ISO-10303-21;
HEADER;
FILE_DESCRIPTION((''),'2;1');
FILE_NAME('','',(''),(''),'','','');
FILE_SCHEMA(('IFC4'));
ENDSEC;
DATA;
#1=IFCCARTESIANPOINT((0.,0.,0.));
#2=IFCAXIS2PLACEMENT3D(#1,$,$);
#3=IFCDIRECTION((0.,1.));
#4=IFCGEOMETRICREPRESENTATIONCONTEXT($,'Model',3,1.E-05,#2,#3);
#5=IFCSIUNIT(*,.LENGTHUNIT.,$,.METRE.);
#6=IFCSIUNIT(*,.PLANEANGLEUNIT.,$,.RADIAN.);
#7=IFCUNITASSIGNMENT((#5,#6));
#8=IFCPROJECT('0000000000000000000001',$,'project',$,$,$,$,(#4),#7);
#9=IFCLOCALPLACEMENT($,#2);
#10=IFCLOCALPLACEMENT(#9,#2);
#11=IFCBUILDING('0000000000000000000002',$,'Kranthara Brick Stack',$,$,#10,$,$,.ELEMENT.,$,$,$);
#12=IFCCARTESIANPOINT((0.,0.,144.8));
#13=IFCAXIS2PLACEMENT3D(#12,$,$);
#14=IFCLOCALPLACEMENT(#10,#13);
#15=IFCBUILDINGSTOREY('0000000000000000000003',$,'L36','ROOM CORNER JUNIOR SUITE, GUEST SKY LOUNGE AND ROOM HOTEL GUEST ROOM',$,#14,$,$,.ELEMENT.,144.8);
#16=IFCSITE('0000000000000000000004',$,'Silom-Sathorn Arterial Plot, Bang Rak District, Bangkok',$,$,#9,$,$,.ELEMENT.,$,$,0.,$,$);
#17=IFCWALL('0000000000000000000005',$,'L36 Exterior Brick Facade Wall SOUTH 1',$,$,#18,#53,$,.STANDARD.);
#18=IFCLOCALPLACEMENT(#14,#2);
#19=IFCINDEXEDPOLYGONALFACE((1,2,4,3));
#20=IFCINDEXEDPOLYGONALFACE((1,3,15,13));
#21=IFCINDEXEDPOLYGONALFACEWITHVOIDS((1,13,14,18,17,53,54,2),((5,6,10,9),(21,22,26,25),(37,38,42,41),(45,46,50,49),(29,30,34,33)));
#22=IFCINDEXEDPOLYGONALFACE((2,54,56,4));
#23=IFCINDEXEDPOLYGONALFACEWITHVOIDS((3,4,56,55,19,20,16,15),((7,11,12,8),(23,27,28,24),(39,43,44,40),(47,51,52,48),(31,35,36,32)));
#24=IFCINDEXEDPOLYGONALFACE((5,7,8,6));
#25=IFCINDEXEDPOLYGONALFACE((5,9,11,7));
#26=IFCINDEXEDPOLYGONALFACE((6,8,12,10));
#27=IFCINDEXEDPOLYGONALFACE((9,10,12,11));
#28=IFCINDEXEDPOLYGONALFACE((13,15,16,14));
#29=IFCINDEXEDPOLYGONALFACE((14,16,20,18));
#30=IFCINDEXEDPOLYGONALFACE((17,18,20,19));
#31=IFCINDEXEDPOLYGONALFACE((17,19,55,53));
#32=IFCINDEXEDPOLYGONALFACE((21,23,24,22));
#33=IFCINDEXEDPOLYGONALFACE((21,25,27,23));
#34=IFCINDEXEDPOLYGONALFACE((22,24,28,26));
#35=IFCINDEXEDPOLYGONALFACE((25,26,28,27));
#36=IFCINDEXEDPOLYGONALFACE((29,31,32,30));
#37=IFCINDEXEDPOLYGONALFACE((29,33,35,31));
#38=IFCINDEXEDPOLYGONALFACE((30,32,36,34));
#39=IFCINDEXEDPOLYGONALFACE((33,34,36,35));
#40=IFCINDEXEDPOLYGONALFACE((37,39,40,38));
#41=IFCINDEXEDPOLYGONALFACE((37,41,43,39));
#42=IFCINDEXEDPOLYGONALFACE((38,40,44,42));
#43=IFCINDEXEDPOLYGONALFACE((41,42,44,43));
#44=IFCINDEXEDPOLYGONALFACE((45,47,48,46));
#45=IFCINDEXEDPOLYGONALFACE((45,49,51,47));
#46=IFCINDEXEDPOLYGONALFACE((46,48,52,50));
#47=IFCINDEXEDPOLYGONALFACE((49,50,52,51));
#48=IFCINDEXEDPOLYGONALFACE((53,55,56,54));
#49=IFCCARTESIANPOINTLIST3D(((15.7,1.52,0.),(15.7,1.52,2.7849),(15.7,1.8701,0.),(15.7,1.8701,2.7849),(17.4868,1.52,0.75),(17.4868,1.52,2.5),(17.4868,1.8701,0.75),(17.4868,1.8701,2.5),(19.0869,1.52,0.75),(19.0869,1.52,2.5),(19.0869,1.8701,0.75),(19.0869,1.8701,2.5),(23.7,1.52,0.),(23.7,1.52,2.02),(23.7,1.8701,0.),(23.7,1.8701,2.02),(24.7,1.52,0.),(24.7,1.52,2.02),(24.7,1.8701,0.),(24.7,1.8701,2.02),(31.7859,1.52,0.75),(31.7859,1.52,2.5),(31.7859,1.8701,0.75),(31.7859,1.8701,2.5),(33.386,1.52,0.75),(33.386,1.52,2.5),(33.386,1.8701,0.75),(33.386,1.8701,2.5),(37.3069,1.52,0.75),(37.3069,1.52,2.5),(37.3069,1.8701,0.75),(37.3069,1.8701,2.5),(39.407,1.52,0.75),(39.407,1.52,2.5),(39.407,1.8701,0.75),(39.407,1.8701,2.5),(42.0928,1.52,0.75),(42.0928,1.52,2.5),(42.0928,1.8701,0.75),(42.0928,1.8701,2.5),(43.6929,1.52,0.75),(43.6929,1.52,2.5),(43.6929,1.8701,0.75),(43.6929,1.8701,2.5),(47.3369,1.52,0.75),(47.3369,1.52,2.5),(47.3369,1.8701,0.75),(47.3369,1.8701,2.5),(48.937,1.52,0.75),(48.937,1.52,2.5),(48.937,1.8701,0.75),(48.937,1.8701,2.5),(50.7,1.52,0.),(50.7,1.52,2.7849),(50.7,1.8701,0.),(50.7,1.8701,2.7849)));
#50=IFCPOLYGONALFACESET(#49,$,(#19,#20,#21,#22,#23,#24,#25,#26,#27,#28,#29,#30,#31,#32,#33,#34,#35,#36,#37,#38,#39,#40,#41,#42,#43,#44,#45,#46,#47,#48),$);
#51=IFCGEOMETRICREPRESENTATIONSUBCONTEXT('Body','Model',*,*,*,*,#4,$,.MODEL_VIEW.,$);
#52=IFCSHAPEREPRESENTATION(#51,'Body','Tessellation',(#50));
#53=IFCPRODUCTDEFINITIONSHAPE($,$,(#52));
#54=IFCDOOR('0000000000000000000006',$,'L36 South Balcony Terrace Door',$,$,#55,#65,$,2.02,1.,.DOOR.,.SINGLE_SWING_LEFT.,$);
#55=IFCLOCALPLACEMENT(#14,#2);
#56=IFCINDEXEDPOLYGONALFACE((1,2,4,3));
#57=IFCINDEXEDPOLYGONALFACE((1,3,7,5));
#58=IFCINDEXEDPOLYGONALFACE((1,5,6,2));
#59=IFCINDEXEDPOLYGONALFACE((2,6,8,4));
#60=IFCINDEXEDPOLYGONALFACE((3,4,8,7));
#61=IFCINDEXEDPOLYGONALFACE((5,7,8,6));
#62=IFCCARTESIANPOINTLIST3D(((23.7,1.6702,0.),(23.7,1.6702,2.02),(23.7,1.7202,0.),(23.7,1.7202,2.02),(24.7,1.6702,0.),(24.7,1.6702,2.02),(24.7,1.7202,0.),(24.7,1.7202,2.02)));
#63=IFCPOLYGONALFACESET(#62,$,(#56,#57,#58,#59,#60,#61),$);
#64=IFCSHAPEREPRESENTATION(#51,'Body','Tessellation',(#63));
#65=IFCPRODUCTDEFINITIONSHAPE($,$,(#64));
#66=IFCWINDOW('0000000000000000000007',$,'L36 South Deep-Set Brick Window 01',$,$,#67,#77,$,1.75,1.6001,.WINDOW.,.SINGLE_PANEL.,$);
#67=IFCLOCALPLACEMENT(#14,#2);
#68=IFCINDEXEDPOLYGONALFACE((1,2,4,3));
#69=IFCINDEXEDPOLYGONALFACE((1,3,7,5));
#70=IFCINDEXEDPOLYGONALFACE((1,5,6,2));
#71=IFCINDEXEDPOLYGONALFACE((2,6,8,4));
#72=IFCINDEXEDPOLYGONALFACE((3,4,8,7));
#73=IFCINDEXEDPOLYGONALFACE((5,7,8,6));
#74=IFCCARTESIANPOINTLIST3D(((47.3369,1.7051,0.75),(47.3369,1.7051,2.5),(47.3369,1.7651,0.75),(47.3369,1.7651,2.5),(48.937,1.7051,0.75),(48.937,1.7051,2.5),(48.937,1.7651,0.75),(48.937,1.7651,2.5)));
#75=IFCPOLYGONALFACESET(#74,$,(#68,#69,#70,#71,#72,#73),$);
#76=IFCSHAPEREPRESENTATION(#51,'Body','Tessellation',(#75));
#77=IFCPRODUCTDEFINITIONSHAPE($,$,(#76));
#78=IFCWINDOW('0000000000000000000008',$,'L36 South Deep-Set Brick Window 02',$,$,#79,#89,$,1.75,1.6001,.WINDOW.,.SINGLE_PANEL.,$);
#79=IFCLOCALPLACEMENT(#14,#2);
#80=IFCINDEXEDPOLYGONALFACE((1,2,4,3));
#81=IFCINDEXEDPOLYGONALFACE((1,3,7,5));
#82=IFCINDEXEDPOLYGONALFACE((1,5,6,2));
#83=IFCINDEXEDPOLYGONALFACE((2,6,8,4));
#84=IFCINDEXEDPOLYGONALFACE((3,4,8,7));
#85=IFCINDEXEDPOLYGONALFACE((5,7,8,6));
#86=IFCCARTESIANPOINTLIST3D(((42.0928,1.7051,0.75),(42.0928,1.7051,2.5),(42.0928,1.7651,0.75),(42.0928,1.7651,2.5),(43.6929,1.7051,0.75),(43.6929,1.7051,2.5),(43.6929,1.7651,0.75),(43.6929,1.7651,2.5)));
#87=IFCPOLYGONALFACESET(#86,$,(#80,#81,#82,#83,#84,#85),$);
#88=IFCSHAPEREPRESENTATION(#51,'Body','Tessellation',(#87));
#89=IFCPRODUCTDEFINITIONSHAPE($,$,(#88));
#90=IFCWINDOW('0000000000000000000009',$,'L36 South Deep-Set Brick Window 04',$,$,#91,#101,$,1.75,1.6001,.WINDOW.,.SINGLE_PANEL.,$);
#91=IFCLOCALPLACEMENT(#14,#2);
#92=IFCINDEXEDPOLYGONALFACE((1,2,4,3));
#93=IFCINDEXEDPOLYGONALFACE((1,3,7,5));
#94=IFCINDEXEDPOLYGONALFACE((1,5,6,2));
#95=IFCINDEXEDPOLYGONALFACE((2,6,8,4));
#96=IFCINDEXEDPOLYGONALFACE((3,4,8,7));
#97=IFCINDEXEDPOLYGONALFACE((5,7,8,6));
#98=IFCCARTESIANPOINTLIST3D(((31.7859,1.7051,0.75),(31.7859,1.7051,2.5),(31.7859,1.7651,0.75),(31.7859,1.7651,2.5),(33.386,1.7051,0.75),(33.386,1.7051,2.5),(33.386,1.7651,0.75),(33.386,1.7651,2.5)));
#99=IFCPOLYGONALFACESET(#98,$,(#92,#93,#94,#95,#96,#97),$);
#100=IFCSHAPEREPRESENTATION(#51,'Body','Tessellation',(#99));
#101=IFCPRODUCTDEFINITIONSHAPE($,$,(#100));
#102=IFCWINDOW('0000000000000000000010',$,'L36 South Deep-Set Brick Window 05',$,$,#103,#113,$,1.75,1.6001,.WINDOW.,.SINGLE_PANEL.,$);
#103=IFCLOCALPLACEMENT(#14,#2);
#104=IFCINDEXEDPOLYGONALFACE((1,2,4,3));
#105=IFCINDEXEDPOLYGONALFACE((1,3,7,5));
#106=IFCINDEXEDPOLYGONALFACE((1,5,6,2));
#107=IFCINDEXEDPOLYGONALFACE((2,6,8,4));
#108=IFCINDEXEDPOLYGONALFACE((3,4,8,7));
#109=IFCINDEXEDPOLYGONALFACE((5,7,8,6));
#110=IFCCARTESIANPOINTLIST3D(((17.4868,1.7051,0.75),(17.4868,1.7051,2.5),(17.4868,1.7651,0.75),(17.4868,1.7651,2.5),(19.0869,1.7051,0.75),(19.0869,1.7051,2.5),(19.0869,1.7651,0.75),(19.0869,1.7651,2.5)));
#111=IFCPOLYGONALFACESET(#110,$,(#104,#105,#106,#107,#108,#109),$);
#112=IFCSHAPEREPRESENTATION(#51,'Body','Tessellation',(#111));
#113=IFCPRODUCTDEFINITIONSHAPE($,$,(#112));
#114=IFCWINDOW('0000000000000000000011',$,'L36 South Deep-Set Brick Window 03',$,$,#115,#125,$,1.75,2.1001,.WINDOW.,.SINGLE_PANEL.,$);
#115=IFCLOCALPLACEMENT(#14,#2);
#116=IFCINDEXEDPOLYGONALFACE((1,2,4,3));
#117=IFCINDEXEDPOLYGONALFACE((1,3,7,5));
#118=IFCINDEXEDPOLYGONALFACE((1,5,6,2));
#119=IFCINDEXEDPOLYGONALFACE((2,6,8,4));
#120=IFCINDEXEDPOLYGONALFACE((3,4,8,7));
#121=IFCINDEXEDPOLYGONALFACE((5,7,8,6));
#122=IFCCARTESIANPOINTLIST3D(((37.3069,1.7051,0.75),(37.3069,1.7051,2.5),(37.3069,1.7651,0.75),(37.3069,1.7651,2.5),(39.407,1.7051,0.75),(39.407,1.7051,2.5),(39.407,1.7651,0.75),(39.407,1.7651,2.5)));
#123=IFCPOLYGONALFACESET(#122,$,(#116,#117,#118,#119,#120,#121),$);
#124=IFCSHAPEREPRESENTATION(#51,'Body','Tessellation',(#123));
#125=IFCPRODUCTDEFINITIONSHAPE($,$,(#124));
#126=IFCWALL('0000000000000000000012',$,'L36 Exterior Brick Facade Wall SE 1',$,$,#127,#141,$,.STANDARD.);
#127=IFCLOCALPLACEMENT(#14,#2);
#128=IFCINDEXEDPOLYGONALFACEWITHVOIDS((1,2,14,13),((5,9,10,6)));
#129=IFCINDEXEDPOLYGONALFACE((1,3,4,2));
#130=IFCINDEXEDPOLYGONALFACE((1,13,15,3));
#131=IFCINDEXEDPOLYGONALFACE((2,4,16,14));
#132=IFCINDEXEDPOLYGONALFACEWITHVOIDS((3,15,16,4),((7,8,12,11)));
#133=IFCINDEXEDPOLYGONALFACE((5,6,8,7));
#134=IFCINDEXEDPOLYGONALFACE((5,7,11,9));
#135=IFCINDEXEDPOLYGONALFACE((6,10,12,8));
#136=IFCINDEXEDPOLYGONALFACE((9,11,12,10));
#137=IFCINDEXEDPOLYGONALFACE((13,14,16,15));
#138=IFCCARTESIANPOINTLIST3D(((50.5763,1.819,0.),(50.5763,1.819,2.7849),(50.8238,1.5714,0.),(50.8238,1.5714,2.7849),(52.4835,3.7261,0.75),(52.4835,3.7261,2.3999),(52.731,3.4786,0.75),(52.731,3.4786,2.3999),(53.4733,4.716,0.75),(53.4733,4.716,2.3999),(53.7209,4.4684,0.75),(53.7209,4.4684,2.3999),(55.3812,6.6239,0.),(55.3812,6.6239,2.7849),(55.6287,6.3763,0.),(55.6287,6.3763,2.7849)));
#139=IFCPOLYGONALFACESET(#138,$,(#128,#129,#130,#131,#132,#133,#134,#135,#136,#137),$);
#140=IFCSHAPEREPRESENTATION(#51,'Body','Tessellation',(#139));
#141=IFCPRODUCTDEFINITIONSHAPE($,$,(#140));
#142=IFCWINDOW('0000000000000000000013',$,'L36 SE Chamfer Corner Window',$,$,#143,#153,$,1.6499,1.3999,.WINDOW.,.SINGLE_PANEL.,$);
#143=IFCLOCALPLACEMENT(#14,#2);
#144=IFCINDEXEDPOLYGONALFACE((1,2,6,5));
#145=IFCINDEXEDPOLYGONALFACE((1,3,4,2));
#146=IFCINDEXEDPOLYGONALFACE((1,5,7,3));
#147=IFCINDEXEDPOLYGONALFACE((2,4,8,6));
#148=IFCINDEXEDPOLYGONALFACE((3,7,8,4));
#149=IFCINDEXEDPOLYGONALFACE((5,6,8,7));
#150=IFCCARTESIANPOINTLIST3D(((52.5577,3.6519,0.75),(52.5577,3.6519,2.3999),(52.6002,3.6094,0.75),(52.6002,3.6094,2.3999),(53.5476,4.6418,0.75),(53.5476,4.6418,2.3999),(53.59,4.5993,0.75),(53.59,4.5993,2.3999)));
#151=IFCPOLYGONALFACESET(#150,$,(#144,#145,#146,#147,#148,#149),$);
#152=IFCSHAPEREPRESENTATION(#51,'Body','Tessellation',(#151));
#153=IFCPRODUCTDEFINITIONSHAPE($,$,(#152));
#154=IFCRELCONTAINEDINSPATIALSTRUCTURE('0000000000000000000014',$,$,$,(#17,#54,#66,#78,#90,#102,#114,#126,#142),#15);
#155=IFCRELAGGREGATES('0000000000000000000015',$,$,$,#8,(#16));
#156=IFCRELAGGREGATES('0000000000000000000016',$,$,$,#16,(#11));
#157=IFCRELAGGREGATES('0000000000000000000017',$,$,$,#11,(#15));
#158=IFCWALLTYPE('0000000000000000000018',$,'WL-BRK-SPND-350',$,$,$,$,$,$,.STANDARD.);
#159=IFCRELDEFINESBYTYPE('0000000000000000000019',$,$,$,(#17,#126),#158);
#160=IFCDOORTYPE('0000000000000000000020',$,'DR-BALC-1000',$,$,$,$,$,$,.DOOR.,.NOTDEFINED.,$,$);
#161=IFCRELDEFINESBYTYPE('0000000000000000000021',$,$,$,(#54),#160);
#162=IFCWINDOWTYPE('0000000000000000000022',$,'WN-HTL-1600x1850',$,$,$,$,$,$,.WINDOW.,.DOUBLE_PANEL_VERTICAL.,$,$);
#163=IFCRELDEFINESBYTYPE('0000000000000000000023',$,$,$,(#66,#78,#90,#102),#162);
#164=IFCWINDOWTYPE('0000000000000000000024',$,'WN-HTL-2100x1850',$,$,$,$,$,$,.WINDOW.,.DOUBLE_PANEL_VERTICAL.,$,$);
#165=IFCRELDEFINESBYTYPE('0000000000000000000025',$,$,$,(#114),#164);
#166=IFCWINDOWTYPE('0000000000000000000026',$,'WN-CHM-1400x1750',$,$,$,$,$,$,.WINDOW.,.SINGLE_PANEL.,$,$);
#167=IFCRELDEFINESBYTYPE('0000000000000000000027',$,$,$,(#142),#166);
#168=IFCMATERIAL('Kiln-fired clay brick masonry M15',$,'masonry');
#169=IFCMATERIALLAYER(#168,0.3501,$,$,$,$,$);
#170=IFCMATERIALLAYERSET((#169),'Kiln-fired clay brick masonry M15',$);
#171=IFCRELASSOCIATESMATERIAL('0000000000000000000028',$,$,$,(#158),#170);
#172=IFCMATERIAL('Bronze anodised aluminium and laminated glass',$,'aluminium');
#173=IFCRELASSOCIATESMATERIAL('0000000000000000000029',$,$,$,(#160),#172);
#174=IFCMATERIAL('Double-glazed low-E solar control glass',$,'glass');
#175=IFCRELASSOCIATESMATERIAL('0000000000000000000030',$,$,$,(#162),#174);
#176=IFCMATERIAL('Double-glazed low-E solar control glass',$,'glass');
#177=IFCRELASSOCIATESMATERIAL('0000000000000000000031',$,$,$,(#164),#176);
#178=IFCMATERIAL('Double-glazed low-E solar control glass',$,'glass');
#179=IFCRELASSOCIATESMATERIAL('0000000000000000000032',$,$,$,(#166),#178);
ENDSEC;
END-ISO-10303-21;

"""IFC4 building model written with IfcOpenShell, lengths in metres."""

from ifc_helpers import new_model, si_unit, direction, frame, frame_2d, origin, place, context, subcontext, project, spatial, rectangle, extrude, material, layer, layer_set, type_object, element, fill, save


model = new_model("IFC4")

# Units and contexts
model_context = context("Model", 3, precision=1e-05, world=origin(), true_north=direction((0.0, 1.0)))
body_context = subcontext(model_context, "Body", "Model", "MODEL_VIEW")
ifc_project = project(units=[si_unit("LENGTHUNIT", "METRE"), si_unit("PLANEANGLEUNIT", "RADIAN")], contexts=[model_context])

# Site, building, storey
site_placement = place(None, origin())
site = spatial("IfcSite", under=ifc_project, at=site_placement, Name="Silom-Sathorn Arterial Plot, Bang Rak District, Bangkok", CompositionType="ELEMENT", RefElevation=0.0)
building_placement = place(site_placement, origin())
building = spatial("IfcBuilding", under=site, at=building_placement, Name="Kranthara Brick Stack", CompositionType="ELEMENT")
storey_placement = place(building_placement, frame((0.0, 0.0, 144.8)))
storey = spatial("IfcBuildingStorey", under=building, at=storey_placement, Name="L36", Description="ROOM CORNER JUNIOR SUITE, GUEST SKY LOUNGE AND ROOM HOTEL GUEST ROOM", CompositionType="ELEMENT", Elevation=144.8)

# Wall, openings, door, windows
ifc_material_1 = material(Name="Kiln-fired clay brick masonry M15", Category="masonry")
ifc_layer_1 = layer(ifc_material_1, 0.3501)
ifc_layer_set_1 = layer_set([ifc_layer_1], Name="Kiln-fired clay brick masonry M15")
wall_type_1 = type_object("IfcWallType", Name="WL-BRK-SPND-350", PredefinedType="STANDARD", material=ifc_layer_set_1)
wall_1_placement = place(storey_placement, frame((50.7, 1.6951, 0.0), z_axis=(0.0, 0.0, 1.0), x_axis=(-1.0, 0.0, 0.0)))
wall_1 = element("IfcWall", 1, at=wall_1_placement, inside=storey, type_object=wall_type_1, Name="L36 Exterior Brick Facade Wall SOUTH 1", PredefinedType="STANDARD", context=body_context, shape_type="SweptSolid", body=[
    extrude(rectangle(XDim=35.0, YDim=0.3501, at=frame_2d((17.5, 0.0))), origin(), (0.0, 0.0, 1.0), 2.7849),
])
opening_1_placement = place(wall_1_placement, frame((26.0, 0.0, 0.0)))
opening_1 = element("IfcOpeningElement", 2, at=opening_1_placement, cuts=wall_1, PredefinedType="OPENING", context=body_context, shape_type="SweptSolid", body=[
    extrude(rectangle(XDim=1.0, YDim=2.02, at=frame_2d((0.5, 1.01))), frame((0.0, 0.1851, 0.0), z_axis=(0.0, -1.0, 0.0), x_axis=(1.0, 0.0, 0.0)), (0.0, 0.0, 1.0), 0.3701),
])
opening_2_placement = place(wall_1_placement, frame((1.7629, 0.0, 0.75)))
opening_2 = element("IfcOpeningElement", 3, at=opening_2_placement, cuts=wall_1, PredefinedType="OPENING", context=body_context, shape_type="SweptSolid", body=[
    extrude(rectangle(XDim=1.6001, YDim=1.75, at=frame_2d((0.8, 0.875))), frame((0.0, 0.1851, 0.0), z_axis=(0.0, -1.0, 0.0), x_axis=(1.0, 0.0, 0.0)), (0.0, 0.0, 1.0), 0.3701),
])
opening_3_placement = place(wall_1_placement, frame((7.0071, 0.0, 0.75)))
opening_3 = element("IfcOpeningElement", 4, at=opening_3_placement, cuts=wall_1, PredefinedType="OPENING", context=body_context, shape_type="SweptSolid", body=[
    extrude(rectangle(XDim=1.6001, YDim=1.75, at=frame_2d((0.8, 0.875))), frame((0.0, 0.1851, 0.0), z_axis=(0.0, -1.0, 0.0), x_axis=(1.0, 0.0, 0.0)), (0.0, 0.0, 1.0), 0.3701),
])
opening_4_placement = place(wall_1_placement, frame((11.293, 0.0, 0.75)))
opening_4 = element("IfcOpeningElement", 5, at=opening_4_placement, cuts=wall_1, PredefinedType="OPENING", context=body_context, shape_type="SweptSolid", body=[
    extrude(rectangle(XDim=2.1001, YDim=1.75, at=frame_2d((1.05, 0.875))), frame((0.0, 0.1851, 0.0), z_axis=(0.0, -1.0, 0.0), x_axis=(1.0, 0.0, 0.0)), (0.0, 0.0, 1.0), 0.3701),
])
opening_5_placement = place(wall_1_placement, frame((17.314, 0.0, 0.75)))
opening_5 = element("IfcOpeningElement", 6, at=opening_5_placement, cuts=wall_1, PredefinedType="OPENING", context=body_context, shape_type="SweptSolid", body=[
    extrude(rectangle(XDim=1.6001, YDim=1.75, at=frame_2d((0.8, 0.875))), frame((0.0, 0.1851, 0.0), z_axis=(0.0, -1.0, 0.0), x_axis=(1.0, 0.0, 0.0)), (0.0, 0.0, 1.0), 0.3701),
])
opening_6_placement = place(wall_1_placement, frame((31.613, 0.0, 0.75)))
opening_6 = element("IfcOpeningElement", 7, at=opening_6_placement, cuts=wall_1, PredefinedType="OPENING", context=body_context, shape_type="SweptSolid", body=[
    extrude(rectangle(XDim=1.6001, YDim=1.75, at=frame_2d((0.8, 0.875))), frame((0.0, 0.1851, 0.0), z_axis=(0.0, -1.0, 0.0), x_axis=(1.0, 0.0, 0.0)), (0.0, 0.0, 1.0), 0.3701),
])
ifc_material_2 = material(Name="Bronze anodised aluminium and laminated glass", Category="aluminium")
door_type_1 = type_object("IfcDoorType", Name="DR-BALC-1000", OperationType="NOTDEFINED", PredefinedType="DOOR", material=ifc_material_2)
door_1_placement = place(opening_1_placement, origin())
door_1 = element("IfcDoor", 8, at=door_1_placement, inside=storey, type_object=door_type_1, Name="L36 South Balcony Terrace Door", OperationType="SINGLE_SWING_LEFT", OverallHeight=2.02, OverallWidth=1.0, PredefinedType="DOOR", context=body_context, shape_type="SweptSolid", body=[
    extrude(rectangle(XDim=1.0, YDim=2.02, at=frame_2d((0.5, 1.01))), frame((0.0, 0.0249, 0.0), z_axis=(0.0, -1.0, 0.0), x_axis=(1.0, 0.0, 0.0)), (0.0, 0.0, 1.0), 0.05),
])
fill(opening_1, door_1)
ifc_material_3 = material(Name="Double-glazed low-E solar control glass", Category="glass")
window_type_1 = type_object("IfcWindowType", Name="WN-HTL-1600x1850", PartitioningType="DOUBLE_PANEL_VERTICAL", PredefinedType="WINDOW", material=ifc_material_3)
window_1_placement = place(opening_2_placement, origin())
window_1 = element("IfcWindow", 9, at=window_1_placement, inside=storey, type_object=window_type_1, Name="L36 South Deep-Set Brick Window 01", OverallHeight=1.75, OverallWidth=1.6001, PartitioningType="SINGLE_PANEL", PredefinedType="WINDOW", context=body_context, shape_type="SweptSolid", body=[
    extrude(rectangle(XDim=1.6001, YDim=1.75, at=frame_2d((0.8, 0.875))), frame((0.0, -0.01, 0.0), z_axis=(0.0, -1.0, 0.0), x_axis=(1.0, 0.0, 0.0)), (0.0, 0.0, 1.0), 0.0601),
])
fill(opening_2, window_1)
window_2_placement = place(opening_3_placement, origin())
window_2 = element("IfcWindow", 10, at=window_2_placement, inside=storey, type_object=window_type_1, Name="L36 South Deep-Set Brick Window 02", OverallHeight=1.75, OverallWidth=1.6001, PartitioningType="SINGLE_PANEL", PredefinedType="WINDOW", context=body_context, shape_type="SweptSolid", body=[
    extrude(rectangle(XDim=1.6001, YDim=1.75, at=frame_2d((0.8, 0.875))), frame((0.0, -0.01, 0.0), z_axis=(0.0, -1.0, 0.0), x_axis=(1.0, 0.0, 0.0)), (0.0, 0.0, 1.0), 0.0601),
])
fill(opening_3, window_2)
window_3_placement = place(opening_5_placement, origin())
window_3 = element("IfcWindow", 11, at=window_3_placement, inside=storey, type_object=window_type_1, Name="L36 South Deep-Set Brick Window 04", OverallHeight=1.75, OverallWidth=1.6001, PartitioningType="SINGLE_PANEL", PredefinedType="WINDOW", context=body_context, shape_type="SweptSolid", body=[
    extrude(rectangle(XDim=1.6001, YDim=1.75, at=frame_2d((0.8, 0.875))), frame((0.0, -0.01, 0.0), z_axis=(0.0, -1.0, 0.0), x_axis=(1.0, 0.0, 0.0)), (0.0, 0.0, 1.0), 0.0601),
])
fill(opening_5, window_3)
window_4_placement = place(opening_6_placement, origin())
window_4 = element("IfcWindow", 12, at=window_4_placement, inside=storey, type_object=window_type_1, Name="L36 South Deep-Set Brick Window 05", OverallHeight=1.75, OverallWidth=1.6001, PartitioningType="SINGLE_PANEL", PredefinedType="WINDOW", context=body_context, shape_type="SweptSolid", body=[
    extrude(rectangle(XDim=1.6001, YDim=1.75, at=frame_2d((0.8, 0.875))), frame((0.0, -0.01, 0.0), z_axis=(0.0, -1.0, 0.0), x_axis=(1.0, 0.0, 0.0)), (0.0, 0.0, 1.0), 0.0601),
])
fill(opening_6, window_4)
ifc_material_4 = material(Name="Double-glazed low-E solar control glass", Category="glass")
window_type_2 = type_object("IfcWindowType", Name="WN-HTL-2100x1850", PartitioningType="DOUBLE_PANEL_VERTICAL", PredefinedType="WINDOW", material=ifc_material_4)
window_5_placement = place(opening_4_placement, origin())
window_5 = element("IfcWindow", 13, at=window_5_placement, inside=storey, type_object=window_type_2, Name="L36 South Deep-Set Brick Window 03", OverallHeight=1.75, OverallWidth=2.1001, PartitioningType="SINGLE_PANEL", PredefinedType="WINDOW", context=body_context, shape_type="SweptSolid", body=[
    extrude(rectangle(XDim=2.1001, YDim=1.75, at=frame_2d((1.05, 0.875))), frame((0.0, -0.01, 0.0), z_axis=(0.0, -1.0, 0.0), x_axis=(1.0, 0.0, 0.0)), (0.0, 0.0, 1.0), 0.0601),
])
fill(opening_4, window_5)

# Wall, opening, window
wall_2_placement = place(storey_placement, frame((55.5049, 6.5, 0.0), z_axis=(0.0, 0.0, 1.0), x_axis=(-0.707107, -0.707107, 0.0)))
wall_2 = element("IfcWall", 14, at=wall_2_placement, inside=storey, type_object=wall_type_1, Name="L36 Exterior Brick Facade Wall SE 1", PredefinedType="STANDARD", context=body_context, shape_type="SweptSolid", body=[
    extrude(rectangle(XDim=6.7952, YDim=0.3501, at=frame_2d((3.3975, 0.0))), origin(), (0.0, 0.0, 1.0), 2.7849),
])
opening_7_placement = place(wall_2_placement, frame((2.698, 0.0, 0.75)))
opening_7 = element("IfcOpeningElement", 15, at=opening_7_placement, cuts=wall_2, PredefinedType="OPENING", context=body_context, shape_type="SweptSolid", body=[
    extrude(rectangle(XDim=1.3999, YDim=1.6499, at=frame_2d((0.7, 0.825))), frame((0.0, 0.1851, 0.0), z_axis=(0.0, -1.0, 0.0), x_axis=(1.0, 0.0, 0.0)), (0.0, 0.0, 1.0), 0.3701),
])
ifc_material_5 = material(Name="Double-glazed low-E solar control glass", Category="glass")
window_type_3 = type_object("IfcWindowType", Name="WN-CHM-1400x1750", PartitioningType="SINGLE_PANEL", PredefinedType="WINDOW", material=ifc_material_5)
window_6_placement = place(opening_7_placement, origin())
window_6 = element("IfcWindow", 16, at=window_6_placement, inside=storey, type_object=window_type_3, Name="L36 SE Chamfer Corner Window", OverallHeight=1.6499, OverallWidth=1.3999, PartitioningType="SINGLE_PANEL", PredefinedType="WINDOW", context=body_context, shape_type="SweptSolid", body=[
    extrude(rectangle(XDim=1.3999, YDim=1.6499, at=frame_2d((0.7, 0.825))), frame((0.0, -0.01, 0.0), z_axis=(0.0, -1.0, 0.0), x_axis=(1.0, 0.0, 0.0)), (0.0, 0.0, 1.0), 0.0601),
])
fill(opening_7, window_6)

save(model, "model.ifc")
